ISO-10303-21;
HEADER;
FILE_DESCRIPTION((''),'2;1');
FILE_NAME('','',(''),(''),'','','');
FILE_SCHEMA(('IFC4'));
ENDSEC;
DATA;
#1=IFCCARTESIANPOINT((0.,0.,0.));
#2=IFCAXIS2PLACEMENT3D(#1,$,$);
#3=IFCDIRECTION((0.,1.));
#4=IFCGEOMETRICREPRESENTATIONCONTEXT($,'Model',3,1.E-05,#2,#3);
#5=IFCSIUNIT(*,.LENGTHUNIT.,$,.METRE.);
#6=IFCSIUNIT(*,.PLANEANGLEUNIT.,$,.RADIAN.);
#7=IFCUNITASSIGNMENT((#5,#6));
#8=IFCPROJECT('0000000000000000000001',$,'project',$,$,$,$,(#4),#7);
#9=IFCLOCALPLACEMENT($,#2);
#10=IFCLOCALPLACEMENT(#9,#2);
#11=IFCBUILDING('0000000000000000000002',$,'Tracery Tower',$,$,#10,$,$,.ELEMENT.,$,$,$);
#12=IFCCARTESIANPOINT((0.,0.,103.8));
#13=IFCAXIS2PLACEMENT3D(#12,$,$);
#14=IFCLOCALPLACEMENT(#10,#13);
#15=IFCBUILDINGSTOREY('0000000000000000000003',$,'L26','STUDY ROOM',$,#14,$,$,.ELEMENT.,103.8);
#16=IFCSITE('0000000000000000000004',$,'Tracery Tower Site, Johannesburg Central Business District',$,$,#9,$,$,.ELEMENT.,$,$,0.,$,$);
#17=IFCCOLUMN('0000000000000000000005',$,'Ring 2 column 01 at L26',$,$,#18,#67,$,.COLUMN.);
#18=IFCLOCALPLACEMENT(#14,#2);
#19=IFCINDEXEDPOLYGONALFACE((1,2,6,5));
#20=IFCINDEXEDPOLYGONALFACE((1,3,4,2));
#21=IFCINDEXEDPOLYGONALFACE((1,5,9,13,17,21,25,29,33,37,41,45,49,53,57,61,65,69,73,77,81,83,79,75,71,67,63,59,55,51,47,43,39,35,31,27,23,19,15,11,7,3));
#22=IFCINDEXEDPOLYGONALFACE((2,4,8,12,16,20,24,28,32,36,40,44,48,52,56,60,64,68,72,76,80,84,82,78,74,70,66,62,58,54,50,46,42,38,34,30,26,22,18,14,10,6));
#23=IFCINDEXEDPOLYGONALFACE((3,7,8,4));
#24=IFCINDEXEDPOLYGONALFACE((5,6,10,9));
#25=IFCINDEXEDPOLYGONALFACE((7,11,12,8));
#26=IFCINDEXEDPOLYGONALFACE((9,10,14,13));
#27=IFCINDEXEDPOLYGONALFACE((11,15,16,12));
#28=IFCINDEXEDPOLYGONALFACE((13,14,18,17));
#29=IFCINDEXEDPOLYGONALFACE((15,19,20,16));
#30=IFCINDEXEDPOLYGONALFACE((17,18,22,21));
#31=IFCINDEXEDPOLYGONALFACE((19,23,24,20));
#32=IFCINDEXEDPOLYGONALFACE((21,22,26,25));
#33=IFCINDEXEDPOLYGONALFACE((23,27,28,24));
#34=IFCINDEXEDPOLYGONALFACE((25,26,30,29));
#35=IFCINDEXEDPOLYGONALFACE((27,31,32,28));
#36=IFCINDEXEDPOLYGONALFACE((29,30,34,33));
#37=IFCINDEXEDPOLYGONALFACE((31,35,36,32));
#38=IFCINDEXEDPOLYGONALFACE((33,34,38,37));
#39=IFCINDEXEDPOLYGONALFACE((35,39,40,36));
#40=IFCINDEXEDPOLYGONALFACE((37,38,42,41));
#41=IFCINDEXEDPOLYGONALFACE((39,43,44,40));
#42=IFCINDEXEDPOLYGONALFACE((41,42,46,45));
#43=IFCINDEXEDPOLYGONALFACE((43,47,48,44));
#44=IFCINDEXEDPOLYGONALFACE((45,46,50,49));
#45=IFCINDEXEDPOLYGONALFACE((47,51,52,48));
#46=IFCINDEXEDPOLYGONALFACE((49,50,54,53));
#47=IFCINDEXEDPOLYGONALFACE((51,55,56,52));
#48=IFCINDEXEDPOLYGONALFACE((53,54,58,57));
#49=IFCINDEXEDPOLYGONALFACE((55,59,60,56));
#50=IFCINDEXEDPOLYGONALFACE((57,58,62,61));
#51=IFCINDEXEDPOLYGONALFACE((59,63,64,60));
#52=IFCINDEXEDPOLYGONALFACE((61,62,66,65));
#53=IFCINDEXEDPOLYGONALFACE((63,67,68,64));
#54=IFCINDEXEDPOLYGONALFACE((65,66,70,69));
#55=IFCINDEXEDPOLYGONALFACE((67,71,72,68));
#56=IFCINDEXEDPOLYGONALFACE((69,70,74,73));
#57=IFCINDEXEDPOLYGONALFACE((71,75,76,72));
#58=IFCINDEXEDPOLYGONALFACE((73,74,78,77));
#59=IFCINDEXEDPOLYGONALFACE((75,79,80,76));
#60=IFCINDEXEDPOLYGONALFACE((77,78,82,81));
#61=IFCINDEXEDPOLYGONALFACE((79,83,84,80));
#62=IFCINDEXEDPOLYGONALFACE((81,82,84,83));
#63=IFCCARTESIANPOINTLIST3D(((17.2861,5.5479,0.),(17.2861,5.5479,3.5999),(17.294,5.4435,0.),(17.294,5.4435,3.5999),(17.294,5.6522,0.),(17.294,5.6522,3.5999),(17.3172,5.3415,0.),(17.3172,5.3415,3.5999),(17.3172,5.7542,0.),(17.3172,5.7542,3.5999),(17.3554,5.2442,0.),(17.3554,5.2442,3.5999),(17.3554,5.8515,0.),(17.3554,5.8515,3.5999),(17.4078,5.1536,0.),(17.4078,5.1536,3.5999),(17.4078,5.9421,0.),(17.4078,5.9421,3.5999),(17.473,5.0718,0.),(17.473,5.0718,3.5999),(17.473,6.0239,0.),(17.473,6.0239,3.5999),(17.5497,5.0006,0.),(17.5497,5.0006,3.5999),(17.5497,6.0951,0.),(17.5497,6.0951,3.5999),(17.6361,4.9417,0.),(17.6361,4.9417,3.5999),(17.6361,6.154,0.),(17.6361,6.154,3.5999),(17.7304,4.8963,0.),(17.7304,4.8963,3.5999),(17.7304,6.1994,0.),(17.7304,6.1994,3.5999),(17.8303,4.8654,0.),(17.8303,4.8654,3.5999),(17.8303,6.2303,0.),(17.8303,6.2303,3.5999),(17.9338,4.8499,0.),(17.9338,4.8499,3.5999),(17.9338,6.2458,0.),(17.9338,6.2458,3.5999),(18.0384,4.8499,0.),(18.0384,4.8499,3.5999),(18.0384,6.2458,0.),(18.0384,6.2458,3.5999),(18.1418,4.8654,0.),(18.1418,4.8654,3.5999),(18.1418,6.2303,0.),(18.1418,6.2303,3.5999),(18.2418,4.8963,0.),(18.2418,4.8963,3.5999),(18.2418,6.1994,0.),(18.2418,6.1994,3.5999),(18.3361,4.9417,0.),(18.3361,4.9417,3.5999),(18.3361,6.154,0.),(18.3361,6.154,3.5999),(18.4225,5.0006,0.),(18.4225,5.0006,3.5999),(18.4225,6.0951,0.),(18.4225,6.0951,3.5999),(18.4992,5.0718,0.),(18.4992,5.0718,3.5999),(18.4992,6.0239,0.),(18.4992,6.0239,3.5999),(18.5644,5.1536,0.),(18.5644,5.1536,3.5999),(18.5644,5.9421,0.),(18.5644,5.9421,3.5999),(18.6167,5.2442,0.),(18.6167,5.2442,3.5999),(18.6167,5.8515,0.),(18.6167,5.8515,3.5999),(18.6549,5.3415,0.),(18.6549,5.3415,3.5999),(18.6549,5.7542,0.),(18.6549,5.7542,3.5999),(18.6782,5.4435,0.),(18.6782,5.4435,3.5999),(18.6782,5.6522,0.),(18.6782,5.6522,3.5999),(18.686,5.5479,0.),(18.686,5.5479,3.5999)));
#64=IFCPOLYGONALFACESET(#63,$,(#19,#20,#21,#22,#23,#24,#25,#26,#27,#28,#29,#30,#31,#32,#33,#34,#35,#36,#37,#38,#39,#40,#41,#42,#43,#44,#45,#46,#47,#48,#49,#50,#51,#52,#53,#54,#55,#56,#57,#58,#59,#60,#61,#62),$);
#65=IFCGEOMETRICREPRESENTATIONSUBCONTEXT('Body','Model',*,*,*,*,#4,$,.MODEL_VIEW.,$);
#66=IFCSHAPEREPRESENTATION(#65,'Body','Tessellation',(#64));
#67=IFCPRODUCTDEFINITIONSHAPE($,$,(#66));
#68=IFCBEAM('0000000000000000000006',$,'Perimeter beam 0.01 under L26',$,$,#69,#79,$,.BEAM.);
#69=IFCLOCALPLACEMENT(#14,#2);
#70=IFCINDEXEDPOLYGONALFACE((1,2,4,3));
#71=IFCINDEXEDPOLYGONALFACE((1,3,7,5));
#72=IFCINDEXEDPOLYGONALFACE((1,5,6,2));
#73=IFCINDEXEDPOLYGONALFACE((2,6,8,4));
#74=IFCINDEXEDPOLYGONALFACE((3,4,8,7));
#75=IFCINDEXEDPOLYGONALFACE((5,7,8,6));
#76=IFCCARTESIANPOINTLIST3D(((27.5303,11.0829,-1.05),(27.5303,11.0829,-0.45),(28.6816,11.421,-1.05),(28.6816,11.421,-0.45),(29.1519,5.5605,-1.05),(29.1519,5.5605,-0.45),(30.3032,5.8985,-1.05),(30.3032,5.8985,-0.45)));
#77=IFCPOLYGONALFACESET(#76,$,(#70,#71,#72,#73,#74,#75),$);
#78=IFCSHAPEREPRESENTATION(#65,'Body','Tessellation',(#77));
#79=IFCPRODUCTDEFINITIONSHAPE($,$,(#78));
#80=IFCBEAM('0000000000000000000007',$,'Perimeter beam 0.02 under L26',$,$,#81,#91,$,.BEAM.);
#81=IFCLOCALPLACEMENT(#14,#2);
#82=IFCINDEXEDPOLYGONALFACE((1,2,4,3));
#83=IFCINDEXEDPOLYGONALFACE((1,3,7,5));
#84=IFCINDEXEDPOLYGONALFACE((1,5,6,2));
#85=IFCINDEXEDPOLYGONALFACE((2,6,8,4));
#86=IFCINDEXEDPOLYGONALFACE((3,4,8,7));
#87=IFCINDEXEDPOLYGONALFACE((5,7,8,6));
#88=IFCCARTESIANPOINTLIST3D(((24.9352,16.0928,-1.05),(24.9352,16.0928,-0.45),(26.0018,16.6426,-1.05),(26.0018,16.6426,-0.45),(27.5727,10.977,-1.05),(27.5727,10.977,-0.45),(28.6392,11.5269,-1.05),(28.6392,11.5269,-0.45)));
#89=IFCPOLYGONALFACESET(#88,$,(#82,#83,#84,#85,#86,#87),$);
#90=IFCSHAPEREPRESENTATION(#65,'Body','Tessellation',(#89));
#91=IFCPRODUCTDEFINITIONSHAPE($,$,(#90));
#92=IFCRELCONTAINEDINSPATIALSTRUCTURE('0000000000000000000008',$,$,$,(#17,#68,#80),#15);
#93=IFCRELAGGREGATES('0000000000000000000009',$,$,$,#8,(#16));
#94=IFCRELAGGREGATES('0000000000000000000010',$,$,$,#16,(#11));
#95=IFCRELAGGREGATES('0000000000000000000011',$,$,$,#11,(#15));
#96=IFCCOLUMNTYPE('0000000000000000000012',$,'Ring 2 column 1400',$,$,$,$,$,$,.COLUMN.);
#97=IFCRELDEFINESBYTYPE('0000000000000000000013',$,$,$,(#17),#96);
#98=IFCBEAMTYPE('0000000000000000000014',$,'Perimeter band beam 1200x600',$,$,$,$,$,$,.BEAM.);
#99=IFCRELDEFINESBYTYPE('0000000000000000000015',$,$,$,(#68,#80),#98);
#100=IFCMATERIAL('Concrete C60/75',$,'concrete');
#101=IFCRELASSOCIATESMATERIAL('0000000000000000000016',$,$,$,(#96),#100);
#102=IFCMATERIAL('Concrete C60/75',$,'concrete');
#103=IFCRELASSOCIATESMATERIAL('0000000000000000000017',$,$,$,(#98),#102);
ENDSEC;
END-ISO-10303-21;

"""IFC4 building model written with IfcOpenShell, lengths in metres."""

from ifc_helpers import new_model, si_unit, direction, frame, origin, origin_2d, place, context, subcontext, project, spatial, rectangle, circle, extrude, material, material_profile, profile_set, type_object, element, save


model = new_model("IFC4")

# Units and contexts
model_context = context("Model", 3, precision=1e-05, world=origin(), true_north=direction((0.0, 1.0)))
body_context = subcontext(model_context, "Body", "Model", "MODEL_VIEW")
ifc_project = project(units=[si_unit("LENGTHUNIT", "METRE"), si_unit("PLANEANGLEUNIT", "RADIAN")], contexts=[model_context])

# Site, building, storey
site_placement = place(None, origin())
site = spatial("IfcSite", under=ifc_project, at=site_placement, Name="Tracery Tower Site, Johannesburg Central Business District", CompositionType="ELEMENT", RefElevation=0.0)
building_placement = place(site_placement, origin())
building = spatial("IfcBuilding", under=site, at=building_placement, Name="Tracery Tower", CompositionType="ELEMENT")
storey_placement = place(building_placement, frame((0.0, 0.0, 103.8)))
storey = spatial("IfcBuildingStorey", under=building, at=storey_placement, Name="L26", Description="STUDY ROOM", CompositionType="ELEMENT", Elevation=103.8)

# Column
ifc_material_1 = material(Name="Concrete C60/75", Category="concrete")
ifc_material_profile_1 = material_profile(ifc_material_1, circle(Radius=0.7, at=origin_2d()), Name="RC D1400")
ifc_profile_set_1 = profile_set([ifc_material_profile_1], Name="Concrete C60/75")
column_type_1 = type_object("IfcColumnType", Name="Ring 2 column 1400", PredefinedType="COLUMN", material=ifc_profile_set_1)
column_placement = place(storey_placement, frame((17.9861, 5.5479, 0.0), z_axis=(0.0, 0.0, 1.0), x_axis=(1.0, 0.0, 0.0)))
element("IfcColumn", 1, at=column_placement, inside=storey, type_object=column_type_1, Name="Ring 2 column 01 at L26", PredefinedType="COLUMN", context=body_context, shape_type="SweptSolid", body=[
    extrude(circle(Radius=0.7, at=origin_2d()), origin(), (0.0, 0.0, 1.0), 3.5999),
])

# Beams
ifc_material_2 = material(Name="Concrete C60/75", Category="concrete")
ifc_material_profile_2 = material_profile(ifc_material_2, rectangle(XDim=1.2, YDim=0.6001, at=origin_2d()), Name="RC 1200x600")
ifc_profile_set_2 = profile_set([ifc_material_profile_2], Name="Concrete C60/75")
beam_type = type_object("IfcBeamType", Name="Perimeter band beam 1200x600", PredefinedType="BEAM", material=ifc_profile_set_2)
for number, where, z_axis, x_axis, name in (
    (2, (29.7275, 5.7295, -0.75), (-0.281739, 0.959491, 0.0), (-0.959491, -0.281739, 0.0), "Perimeter beam 0.01 under L26"),
    (3, (28.106, 11.252, -0.75), (-0.458242, 0.888827, 0.0), (-0.888827, -0.458242, 0.0), "Perimeter beam 0.02 under L26"),
):
    element("IfcBeam", number, at=place(storey_placement, frame(where, z_axis=z_axis, x_axis=x_axis)), inside=storey, type_object=beam_type, Name=name, PredefinedType="BEAM", context=body_context, shape_type="SweptSolid", body=[
        extrude(rectangle(XDim=1.2, YDim=0.6001, at=origin_2d()), origin(), (0.0, 0.0, 1.0), 5.7556),
    ])

save(model, "model.ifc")
